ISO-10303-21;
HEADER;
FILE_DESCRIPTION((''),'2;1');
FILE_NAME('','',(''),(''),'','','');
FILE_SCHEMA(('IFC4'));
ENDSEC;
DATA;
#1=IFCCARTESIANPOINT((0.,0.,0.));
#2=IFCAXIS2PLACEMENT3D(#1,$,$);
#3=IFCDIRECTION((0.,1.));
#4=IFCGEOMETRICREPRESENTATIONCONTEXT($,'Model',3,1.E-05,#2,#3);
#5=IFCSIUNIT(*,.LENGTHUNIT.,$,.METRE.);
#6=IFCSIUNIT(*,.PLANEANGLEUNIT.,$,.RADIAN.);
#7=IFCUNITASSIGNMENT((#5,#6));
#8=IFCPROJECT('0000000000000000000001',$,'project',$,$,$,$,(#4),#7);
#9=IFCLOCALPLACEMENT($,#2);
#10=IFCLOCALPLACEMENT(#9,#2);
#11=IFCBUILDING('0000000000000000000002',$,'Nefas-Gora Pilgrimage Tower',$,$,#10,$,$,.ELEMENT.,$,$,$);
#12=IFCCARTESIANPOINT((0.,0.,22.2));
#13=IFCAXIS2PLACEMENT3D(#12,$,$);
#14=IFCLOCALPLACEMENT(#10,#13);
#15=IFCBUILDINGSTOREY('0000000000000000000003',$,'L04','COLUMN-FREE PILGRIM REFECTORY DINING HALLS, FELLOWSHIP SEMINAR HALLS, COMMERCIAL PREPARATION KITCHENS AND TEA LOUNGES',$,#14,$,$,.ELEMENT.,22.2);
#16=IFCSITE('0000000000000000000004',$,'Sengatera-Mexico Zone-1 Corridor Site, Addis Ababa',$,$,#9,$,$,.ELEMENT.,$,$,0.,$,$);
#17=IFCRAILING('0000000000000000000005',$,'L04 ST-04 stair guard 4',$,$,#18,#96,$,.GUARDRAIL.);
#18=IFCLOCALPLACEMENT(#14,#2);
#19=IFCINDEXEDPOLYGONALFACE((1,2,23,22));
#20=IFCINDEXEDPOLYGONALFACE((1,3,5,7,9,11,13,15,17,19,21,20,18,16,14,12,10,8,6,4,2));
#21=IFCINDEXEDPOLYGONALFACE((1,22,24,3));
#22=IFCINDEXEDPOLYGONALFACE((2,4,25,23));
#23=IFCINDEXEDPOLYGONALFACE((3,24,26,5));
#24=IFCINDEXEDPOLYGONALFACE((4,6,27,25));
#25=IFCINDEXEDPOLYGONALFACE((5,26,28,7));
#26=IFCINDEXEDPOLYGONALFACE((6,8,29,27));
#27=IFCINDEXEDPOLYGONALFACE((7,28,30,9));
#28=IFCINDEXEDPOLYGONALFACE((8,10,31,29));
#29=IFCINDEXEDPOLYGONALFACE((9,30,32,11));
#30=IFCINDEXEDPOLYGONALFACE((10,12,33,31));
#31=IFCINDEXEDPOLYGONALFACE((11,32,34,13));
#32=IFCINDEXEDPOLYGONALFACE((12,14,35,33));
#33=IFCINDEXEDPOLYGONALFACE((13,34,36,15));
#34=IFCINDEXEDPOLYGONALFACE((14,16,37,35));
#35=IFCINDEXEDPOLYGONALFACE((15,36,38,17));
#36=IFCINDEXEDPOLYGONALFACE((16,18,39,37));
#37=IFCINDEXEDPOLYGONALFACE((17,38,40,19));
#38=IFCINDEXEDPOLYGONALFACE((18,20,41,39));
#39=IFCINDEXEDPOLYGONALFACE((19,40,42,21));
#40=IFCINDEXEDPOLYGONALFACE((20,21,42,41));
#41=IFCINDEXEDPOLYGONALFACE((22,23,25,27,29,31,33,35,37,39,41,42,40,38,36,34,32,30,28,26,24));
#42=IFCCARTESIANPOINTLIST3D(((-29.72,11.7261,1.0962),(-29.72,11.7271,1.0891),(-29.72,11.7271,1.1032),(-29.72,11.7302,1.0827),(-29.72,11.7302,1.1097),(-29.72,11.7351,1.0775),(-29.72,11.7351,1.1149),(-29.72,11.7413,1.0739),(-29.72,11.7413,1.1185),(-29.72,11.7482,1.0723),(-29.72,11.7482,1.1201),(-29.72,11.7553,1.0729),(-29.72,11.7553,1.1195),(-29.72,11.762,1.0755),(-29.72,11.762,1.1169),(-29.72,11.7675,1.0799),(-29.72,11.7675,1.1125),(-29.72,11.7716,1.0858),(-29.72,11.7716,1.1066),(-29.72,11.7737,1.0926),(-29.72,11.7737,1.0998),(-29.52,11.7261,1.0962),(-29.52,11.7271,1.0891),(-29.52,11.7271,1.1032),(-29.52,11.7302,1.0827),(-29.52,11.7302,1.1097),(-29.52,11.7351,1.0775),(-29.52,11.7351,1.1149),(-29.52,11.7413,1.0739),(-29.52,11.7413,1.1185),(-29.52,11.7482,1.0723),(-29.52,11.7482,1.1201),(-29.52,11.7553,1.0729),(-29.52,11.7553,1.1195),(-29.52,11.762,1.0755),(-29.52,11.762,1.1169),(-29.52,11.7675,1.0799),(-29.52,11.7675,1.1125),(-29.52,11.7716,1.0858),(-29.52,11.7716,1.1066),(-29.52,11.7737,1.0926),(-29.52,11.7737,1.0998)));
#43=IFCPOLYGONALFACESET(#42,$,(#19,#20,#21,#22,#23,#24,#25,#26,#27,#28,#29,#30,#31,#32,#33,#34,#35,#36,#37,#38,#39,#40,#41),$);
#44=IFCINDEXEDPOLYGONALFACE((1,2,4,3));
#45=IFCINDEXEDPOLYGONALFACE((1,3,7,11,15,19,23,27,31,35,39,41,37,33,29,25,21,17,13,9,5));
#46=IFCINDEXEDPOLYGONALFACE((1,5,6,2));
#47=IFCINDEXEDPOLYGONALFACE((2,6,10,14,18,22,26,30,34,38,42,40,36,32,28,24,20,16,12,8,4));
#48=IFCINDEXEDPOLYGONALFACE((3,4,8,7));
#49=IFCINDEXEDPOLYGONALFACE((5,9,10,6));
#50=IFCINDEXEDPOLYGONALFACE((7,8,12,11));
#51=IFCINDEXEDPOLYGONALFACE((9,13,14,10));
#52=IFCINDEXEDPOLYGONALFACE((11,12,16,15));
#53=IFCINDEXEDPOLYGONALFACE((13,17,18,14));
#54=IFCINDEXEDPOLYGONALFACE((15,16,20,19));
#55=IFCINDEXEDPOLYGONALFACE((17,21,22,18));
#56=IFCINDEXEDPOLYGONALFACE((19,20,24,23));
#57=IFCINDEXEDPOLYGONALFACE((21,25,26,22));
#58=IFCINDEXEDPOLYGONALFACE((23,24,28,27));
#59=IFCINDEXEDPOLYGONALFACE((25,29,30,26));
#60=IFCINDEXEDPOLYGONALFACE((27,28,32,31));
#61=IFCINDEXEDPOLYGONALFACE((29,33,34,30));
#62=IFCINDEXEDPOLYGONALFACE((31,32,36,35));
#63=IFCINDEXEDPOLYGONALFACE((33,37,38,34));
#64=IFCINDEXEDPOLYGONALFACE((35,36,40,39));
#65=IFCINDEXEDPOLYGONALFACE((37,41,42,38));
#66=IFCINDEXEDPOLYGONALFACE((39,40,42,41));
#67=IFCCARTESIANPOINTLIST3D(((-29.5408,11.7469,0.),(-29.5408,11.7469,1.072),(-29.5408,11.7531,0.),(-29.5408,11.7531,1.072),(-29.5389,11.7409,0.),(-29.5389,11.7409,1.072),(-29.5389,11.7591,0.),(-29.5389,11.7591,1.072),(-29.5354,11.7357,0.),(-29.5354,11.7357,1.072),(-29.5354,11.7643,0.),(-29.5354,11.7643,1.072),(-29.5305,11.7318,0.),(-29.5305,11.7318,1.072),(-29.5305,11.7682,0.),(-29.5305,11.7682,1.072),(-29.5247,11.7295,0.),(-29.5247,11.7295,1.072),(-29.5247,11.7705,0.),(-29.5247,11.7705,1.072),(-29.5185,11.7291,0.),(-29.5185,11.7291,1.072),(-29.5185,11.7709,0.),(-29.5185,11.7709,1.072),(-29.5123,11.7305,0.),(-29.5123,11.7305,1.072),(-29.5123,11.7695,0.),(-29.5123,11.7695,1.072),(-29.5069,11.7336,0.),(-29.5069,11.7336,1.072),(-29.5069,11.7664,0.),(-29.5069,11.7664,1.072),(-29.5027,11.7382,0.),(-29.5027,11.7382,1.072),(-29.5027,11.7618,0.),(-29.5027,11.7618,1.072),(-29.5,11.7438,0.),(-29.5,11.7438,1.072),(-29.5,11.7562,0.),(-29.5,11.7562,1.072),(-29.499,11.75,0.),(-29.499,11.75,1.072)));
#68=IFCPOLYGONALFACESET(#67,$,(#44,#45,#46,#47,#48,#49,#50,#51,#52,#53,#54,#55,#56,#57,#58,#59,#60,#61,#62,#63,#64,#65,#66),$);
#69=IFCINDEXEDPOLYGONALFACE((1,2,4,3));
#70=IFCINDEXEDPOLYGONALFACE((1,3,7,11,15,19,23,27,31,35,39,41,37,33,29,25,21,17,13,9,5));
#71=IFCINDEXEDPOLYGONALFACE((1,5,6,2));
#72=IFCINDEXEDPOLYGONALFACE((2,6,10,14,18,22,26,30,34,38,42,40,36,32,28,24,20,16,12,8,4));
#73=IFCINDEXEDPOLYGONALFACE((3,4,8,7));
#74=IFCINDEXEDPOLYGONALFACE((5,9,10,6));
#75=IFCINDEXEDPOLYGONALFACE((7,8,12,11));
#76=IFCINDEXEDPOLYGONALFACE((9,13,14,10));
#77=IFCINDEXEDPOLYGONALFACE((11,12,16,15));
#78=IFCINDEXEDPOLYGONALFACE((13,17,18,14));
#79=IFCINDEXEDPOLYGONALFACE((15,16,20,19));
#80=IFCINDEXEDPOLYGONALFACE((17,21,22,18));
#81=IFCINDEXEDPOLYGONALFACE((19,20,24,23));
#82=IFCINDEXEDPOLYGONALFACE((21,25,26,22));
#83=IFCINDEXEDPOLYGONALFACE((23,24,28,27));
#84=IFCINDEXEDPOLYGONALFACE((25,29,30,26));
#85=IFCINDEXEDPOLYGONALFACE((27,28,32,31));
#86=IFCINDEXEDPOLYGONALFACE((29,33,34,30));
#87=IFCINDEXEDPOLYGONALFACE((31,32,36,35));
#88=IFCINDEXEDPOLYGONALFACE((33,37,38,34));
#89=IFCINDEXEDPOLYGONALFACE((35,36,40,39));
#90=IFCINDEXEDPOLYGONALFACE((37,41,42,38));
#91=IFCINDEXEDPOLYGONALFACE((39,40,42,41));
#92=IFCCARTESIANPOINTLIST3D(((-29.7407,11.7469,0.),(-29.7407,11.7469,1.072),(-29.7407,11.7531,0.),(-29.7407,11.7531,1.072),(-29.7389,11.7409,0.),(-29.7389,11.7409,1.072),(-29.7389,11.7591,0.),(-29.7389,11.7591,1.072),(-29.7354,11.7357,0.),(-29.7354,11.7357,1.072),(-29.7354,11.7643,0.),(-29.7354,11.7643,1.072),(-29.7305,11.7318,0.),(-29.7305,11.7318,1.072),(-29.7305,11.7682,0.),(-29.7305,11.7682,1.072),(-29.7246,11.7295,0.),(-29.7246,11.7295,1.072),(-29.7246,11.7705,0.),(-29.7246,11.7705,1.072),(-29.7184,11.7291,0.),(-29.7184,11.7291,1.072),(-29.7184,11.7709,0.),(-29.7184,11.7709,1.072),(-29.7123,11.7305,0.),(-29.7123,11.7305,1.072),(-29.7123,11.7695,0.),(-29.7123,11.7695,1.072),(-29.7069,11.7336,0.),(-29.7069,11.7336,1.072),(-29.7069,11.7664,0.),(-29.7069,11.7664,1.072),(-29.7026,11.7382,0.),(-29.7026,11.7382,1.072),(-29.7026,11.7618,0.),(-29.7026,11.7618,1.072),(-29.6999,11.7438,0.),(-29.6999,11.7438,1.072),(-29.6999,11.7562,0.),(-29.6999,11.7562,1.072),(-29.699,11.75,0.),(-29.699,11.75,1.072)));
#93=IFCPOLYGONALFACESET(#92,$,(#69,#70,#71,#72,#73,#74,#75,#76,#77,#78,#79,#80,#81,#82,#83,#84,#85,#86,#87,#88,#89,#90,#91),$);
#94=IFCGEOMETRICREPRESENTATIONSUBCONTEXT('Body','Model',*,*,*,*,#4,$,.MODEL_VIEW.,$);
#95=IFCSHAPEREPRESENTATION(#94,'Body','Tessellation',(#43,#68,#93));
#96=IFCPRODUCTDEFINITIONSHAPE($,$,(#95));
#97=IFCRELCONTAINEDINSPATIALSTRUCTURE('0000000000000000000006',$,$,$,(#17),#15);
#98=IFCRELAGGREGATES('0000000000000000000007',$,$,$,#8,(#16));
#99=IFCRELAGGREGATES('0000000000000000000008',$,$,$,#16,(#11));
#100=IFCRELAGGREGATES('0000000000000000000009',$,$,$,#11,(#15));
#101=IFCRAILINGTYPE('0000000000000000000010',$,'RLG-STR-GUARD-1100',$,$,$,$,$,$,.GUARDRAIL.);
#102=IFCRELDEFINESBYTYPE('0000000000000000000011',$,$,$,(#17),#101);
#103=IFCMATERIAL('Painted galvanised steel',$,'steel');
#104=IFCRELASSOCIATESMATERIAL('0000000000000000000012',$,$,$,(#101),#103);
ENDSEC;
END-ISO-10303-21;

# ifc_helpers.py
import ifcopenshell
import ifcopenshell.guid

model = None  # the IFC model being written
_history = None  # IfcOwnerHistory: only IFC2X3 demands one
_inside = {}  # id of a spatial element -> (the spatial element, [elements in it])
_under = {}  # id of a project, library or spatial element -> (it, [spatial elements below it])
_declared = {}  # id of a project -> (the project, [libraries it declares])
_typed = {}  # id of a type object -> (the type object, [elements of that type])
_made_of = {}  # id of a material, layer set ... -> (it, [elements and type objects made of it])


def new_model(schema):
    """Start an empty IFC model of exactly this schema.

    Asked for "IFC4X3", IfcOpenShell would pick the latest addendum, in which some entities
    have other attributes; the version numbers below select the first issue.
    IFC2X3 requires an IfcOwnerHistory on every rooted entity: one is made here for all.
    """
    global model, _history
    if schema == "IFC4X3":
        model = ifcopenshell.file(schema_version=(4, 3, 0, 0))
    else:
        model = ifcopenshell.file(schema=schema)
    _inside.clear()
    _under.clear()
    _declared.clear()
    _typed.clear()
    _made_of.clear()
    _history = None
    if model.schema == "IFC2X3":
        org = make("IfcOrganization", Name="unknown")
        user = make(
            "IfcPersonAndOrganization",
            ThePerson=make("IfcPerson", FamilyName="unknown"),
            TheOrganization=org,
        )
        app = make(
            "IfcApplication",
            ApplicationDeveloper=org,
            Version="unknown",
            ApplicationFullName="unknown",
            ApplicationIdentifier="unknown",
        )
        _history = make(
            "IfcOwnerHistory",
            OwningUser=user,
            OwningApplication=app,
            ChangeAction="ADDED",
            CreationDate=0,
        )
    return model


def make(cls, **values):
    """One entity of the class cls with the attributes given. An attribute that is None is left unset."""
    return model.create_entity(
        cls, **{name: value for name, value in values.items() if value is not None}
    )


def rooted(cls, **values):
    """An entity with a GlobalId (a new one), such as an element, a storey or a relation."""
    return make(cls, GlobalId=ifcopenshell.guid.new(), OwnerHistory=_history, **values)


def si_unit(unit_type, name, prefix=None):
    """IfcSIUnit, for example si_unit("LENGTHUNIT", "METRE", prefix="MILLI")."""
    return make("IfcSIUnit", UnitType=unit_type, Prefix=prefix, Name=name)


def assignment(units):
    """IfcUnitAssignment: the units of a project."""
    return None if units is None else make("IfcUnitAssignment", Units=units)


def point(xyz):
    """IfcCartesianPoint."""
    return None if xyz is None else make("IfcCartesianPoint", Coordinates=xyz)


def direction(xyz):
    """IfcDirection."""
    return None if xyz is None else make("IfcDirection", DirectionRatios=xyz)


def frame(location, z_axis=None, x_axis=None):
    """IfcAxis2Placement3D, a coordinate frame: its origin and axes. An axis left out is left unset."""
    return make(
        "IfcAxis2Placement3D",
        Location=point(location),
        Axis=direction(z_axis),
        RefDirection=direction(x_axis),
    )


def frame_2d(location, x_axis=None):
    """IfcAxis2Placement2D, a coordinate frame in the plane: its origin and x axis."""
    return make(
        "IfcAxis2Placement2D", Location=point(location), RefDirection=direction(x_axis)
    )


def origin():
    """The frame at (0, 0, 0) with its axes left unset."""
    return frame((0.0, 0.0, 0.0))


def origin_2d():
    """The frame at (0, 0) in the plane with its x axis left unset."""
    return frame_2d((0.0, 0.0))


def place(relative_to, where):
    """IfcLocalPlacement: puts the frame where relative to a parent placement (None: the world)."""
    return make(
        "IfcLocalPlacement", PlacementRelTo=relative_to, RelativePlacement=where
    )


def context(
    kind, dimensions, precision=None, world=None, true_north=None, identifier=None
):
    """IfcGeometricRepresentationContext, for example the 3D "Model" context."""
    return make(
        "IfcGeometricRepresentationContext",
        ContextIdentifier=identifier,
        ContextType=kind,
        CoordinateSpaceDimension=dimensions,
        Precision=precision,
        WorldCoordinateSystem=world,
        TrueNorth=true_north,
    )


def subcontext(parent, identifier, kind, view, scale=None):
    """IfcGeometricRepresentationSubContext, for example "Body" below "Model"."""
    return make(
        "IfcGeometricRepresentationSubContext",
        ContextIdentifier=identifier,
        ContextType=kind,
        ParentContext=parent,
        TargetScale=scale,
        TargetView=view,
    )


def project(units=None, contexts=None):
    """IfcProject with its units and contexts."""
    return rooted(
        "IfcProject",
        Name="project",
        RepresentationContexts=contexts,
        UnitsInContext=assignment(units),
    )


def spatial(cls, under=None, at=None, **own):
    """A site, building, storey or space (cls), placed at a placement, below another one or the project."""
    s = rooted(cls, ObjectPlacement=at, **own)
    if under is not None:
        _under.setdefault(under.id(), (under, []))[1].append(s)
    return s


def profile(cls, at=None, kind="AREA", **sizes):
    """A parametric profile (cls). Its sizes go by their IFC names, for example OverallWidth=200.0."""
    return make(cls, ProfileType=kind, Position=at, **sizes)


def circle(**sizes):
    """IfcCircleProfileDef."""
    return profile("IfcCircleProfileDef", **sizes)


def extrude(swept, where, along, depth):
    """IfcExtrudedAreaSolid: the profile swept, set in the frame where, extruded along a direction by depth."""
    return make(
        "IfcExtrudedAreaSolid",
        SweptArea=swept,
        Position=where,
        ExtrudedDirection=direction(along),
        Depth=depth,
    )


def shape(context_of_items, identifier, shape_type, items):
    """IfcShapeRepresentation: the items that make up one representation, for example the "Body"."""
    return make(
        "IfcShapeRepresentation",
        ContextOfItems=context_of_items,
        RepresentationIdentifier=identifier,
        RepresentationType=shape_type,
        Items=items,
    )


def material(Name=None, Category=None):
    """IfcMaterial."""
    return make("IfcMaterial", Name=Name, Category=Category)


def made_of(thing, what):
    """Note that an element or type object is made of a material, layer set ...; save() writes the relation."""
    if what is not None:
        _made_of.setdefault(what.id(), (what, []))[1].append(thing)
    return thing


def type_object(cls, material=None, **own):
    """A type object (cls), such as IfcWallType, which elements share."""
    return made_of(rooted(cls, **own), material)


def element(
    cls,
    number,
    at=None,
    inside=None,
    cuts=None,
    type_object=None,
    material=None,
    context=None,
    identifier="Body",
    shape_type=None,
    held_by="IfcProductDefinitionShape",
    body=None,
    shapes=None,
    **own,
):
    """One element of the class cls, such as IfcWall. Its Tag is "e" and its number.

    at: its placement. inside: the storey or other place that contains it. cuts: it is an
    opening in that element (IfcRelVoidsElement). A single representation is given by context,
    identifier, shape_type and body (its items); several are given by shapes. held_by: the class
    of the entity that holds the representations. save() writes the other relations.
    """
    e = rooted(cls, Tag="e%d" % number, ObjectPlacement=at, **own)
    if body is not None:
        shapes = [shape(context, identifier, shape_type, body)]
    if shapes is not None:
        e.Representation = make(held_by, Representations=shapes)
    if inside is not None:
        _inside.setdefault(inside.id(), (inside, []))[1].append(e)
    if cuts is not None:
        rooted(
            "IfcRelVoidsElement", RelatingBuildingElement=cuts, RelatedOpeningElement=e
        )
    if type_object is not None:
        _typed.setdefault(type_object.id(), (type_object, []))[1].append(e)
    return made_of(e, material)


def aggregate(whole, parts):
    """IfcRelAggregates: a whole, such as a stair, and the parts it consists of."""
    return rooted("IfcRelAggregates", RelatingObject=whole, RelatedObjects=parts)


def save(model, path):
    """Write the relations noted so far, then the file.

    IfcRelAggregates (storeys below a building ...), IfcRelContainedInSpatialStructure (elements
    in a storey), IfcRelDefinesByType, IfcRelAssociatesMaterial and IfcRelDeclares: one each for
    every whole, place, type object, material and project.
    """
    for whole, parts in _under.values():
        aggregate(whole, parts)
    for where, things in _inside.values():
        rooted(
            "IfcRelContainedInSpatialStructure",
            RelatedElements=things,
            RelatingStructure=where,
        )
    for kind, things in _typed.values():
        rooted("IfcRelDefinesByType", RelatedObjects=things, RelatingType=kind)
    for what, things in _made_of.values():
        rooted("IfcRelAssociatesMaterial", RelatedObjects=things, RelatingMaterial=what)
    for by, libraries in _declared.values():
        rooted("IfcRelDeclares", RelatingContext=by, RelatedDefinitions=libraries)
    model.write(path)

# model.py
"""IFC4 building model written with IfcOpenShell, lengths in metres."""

from ifc_helpers import new_model, si_unit, direction, frame, origin, origin_2d, place, context, subcontext, project, spatial, circle, extrude, material, type_object, element, save


model = new_model("IFC4")

# Units and contexts
model_context = context("Model", 3, precision=1e-05, world=origin(), true_north=direction((0.0, 1.0)))
body_context = subcontext(model_context, "Body", "Model", "MODEL_VIEW")
ifc_project = project(units=[si_unit("LENGTHUNIT", "METRE"), si_unit("PLANEANGLEUNIT", "RADIAN")], contexts=[model_context])

# Site, building, storey
site_placement = place(None, origin())
site = spatial("IfcSite", under=ifc_project, at=site_placement, Name="Sengatera-Mexico Zone-1 Corridor Site, Addis Ababa", CompositionType="ELEMENT", RefElevation=0.0)
building_placement = place(site_placement, origin())
building = spatial("IfcBuilding", under=site, at=building_placement, Name="Nefas-Gora Pilgrimage Tower", CompositionType="ELEMENT")
storey_placement = place(building_placement, frame((0.0, 0.0, 22.2)))
storey = spatial("IfcBuildingStorey", under=building, at=storey_placement, Name="L04", Description="COLUMN-FREE PILGRIM REFECTORY DINING HALLS, FELLOWSHIP SEMINAR HALLS, COMMERCIAL PREPARATION KITCHENS AND TEA LOUNGES", CompositionType="ELEMENT", Elevation=22.2)

# Railing
ifc_material_1 = material(Name="Painted galvanised steel", Category="steel")
railing_type_1 = type_object("IfcRailingType", Name="RLG-STR-GUARD-1100", PredefinedType="GUARDRAIL", material=ifc_material_1)
railing_1_placement = place(storey_placement, frame((-29.52, 11.75, 0.0)))
element("IfcRailing", 1, at=railing_1_placement, inside=storey, type_object=railing_type_1, Name="L04 ST-04 stair guard 4", PredefinedType="GUARDRAIL", context=body_context, shape_type="SweptSolid", body=[
    extrude(circle(Radius=0.0239, at=origin_2d()), frame((0.0, 0.0, 1.0962), z_axis=(-1.0, 0.0, 0.0), x_axis=(0.0, -1.0, 0.0)), (0.0, 0.0, 1.0), 0.2),
    extrude(circle(Radius=0.021, at=origin_2d()), origin(), (0.0, 0.0, 1.0), 1.072),
    extrude(circle(Radius=0.021, at=origin_2d()), frame((-0.2, 0.0, 0.0)), (0.0, 0.0, 1.0), 1.072),
])

save(model, "model.ifc")
